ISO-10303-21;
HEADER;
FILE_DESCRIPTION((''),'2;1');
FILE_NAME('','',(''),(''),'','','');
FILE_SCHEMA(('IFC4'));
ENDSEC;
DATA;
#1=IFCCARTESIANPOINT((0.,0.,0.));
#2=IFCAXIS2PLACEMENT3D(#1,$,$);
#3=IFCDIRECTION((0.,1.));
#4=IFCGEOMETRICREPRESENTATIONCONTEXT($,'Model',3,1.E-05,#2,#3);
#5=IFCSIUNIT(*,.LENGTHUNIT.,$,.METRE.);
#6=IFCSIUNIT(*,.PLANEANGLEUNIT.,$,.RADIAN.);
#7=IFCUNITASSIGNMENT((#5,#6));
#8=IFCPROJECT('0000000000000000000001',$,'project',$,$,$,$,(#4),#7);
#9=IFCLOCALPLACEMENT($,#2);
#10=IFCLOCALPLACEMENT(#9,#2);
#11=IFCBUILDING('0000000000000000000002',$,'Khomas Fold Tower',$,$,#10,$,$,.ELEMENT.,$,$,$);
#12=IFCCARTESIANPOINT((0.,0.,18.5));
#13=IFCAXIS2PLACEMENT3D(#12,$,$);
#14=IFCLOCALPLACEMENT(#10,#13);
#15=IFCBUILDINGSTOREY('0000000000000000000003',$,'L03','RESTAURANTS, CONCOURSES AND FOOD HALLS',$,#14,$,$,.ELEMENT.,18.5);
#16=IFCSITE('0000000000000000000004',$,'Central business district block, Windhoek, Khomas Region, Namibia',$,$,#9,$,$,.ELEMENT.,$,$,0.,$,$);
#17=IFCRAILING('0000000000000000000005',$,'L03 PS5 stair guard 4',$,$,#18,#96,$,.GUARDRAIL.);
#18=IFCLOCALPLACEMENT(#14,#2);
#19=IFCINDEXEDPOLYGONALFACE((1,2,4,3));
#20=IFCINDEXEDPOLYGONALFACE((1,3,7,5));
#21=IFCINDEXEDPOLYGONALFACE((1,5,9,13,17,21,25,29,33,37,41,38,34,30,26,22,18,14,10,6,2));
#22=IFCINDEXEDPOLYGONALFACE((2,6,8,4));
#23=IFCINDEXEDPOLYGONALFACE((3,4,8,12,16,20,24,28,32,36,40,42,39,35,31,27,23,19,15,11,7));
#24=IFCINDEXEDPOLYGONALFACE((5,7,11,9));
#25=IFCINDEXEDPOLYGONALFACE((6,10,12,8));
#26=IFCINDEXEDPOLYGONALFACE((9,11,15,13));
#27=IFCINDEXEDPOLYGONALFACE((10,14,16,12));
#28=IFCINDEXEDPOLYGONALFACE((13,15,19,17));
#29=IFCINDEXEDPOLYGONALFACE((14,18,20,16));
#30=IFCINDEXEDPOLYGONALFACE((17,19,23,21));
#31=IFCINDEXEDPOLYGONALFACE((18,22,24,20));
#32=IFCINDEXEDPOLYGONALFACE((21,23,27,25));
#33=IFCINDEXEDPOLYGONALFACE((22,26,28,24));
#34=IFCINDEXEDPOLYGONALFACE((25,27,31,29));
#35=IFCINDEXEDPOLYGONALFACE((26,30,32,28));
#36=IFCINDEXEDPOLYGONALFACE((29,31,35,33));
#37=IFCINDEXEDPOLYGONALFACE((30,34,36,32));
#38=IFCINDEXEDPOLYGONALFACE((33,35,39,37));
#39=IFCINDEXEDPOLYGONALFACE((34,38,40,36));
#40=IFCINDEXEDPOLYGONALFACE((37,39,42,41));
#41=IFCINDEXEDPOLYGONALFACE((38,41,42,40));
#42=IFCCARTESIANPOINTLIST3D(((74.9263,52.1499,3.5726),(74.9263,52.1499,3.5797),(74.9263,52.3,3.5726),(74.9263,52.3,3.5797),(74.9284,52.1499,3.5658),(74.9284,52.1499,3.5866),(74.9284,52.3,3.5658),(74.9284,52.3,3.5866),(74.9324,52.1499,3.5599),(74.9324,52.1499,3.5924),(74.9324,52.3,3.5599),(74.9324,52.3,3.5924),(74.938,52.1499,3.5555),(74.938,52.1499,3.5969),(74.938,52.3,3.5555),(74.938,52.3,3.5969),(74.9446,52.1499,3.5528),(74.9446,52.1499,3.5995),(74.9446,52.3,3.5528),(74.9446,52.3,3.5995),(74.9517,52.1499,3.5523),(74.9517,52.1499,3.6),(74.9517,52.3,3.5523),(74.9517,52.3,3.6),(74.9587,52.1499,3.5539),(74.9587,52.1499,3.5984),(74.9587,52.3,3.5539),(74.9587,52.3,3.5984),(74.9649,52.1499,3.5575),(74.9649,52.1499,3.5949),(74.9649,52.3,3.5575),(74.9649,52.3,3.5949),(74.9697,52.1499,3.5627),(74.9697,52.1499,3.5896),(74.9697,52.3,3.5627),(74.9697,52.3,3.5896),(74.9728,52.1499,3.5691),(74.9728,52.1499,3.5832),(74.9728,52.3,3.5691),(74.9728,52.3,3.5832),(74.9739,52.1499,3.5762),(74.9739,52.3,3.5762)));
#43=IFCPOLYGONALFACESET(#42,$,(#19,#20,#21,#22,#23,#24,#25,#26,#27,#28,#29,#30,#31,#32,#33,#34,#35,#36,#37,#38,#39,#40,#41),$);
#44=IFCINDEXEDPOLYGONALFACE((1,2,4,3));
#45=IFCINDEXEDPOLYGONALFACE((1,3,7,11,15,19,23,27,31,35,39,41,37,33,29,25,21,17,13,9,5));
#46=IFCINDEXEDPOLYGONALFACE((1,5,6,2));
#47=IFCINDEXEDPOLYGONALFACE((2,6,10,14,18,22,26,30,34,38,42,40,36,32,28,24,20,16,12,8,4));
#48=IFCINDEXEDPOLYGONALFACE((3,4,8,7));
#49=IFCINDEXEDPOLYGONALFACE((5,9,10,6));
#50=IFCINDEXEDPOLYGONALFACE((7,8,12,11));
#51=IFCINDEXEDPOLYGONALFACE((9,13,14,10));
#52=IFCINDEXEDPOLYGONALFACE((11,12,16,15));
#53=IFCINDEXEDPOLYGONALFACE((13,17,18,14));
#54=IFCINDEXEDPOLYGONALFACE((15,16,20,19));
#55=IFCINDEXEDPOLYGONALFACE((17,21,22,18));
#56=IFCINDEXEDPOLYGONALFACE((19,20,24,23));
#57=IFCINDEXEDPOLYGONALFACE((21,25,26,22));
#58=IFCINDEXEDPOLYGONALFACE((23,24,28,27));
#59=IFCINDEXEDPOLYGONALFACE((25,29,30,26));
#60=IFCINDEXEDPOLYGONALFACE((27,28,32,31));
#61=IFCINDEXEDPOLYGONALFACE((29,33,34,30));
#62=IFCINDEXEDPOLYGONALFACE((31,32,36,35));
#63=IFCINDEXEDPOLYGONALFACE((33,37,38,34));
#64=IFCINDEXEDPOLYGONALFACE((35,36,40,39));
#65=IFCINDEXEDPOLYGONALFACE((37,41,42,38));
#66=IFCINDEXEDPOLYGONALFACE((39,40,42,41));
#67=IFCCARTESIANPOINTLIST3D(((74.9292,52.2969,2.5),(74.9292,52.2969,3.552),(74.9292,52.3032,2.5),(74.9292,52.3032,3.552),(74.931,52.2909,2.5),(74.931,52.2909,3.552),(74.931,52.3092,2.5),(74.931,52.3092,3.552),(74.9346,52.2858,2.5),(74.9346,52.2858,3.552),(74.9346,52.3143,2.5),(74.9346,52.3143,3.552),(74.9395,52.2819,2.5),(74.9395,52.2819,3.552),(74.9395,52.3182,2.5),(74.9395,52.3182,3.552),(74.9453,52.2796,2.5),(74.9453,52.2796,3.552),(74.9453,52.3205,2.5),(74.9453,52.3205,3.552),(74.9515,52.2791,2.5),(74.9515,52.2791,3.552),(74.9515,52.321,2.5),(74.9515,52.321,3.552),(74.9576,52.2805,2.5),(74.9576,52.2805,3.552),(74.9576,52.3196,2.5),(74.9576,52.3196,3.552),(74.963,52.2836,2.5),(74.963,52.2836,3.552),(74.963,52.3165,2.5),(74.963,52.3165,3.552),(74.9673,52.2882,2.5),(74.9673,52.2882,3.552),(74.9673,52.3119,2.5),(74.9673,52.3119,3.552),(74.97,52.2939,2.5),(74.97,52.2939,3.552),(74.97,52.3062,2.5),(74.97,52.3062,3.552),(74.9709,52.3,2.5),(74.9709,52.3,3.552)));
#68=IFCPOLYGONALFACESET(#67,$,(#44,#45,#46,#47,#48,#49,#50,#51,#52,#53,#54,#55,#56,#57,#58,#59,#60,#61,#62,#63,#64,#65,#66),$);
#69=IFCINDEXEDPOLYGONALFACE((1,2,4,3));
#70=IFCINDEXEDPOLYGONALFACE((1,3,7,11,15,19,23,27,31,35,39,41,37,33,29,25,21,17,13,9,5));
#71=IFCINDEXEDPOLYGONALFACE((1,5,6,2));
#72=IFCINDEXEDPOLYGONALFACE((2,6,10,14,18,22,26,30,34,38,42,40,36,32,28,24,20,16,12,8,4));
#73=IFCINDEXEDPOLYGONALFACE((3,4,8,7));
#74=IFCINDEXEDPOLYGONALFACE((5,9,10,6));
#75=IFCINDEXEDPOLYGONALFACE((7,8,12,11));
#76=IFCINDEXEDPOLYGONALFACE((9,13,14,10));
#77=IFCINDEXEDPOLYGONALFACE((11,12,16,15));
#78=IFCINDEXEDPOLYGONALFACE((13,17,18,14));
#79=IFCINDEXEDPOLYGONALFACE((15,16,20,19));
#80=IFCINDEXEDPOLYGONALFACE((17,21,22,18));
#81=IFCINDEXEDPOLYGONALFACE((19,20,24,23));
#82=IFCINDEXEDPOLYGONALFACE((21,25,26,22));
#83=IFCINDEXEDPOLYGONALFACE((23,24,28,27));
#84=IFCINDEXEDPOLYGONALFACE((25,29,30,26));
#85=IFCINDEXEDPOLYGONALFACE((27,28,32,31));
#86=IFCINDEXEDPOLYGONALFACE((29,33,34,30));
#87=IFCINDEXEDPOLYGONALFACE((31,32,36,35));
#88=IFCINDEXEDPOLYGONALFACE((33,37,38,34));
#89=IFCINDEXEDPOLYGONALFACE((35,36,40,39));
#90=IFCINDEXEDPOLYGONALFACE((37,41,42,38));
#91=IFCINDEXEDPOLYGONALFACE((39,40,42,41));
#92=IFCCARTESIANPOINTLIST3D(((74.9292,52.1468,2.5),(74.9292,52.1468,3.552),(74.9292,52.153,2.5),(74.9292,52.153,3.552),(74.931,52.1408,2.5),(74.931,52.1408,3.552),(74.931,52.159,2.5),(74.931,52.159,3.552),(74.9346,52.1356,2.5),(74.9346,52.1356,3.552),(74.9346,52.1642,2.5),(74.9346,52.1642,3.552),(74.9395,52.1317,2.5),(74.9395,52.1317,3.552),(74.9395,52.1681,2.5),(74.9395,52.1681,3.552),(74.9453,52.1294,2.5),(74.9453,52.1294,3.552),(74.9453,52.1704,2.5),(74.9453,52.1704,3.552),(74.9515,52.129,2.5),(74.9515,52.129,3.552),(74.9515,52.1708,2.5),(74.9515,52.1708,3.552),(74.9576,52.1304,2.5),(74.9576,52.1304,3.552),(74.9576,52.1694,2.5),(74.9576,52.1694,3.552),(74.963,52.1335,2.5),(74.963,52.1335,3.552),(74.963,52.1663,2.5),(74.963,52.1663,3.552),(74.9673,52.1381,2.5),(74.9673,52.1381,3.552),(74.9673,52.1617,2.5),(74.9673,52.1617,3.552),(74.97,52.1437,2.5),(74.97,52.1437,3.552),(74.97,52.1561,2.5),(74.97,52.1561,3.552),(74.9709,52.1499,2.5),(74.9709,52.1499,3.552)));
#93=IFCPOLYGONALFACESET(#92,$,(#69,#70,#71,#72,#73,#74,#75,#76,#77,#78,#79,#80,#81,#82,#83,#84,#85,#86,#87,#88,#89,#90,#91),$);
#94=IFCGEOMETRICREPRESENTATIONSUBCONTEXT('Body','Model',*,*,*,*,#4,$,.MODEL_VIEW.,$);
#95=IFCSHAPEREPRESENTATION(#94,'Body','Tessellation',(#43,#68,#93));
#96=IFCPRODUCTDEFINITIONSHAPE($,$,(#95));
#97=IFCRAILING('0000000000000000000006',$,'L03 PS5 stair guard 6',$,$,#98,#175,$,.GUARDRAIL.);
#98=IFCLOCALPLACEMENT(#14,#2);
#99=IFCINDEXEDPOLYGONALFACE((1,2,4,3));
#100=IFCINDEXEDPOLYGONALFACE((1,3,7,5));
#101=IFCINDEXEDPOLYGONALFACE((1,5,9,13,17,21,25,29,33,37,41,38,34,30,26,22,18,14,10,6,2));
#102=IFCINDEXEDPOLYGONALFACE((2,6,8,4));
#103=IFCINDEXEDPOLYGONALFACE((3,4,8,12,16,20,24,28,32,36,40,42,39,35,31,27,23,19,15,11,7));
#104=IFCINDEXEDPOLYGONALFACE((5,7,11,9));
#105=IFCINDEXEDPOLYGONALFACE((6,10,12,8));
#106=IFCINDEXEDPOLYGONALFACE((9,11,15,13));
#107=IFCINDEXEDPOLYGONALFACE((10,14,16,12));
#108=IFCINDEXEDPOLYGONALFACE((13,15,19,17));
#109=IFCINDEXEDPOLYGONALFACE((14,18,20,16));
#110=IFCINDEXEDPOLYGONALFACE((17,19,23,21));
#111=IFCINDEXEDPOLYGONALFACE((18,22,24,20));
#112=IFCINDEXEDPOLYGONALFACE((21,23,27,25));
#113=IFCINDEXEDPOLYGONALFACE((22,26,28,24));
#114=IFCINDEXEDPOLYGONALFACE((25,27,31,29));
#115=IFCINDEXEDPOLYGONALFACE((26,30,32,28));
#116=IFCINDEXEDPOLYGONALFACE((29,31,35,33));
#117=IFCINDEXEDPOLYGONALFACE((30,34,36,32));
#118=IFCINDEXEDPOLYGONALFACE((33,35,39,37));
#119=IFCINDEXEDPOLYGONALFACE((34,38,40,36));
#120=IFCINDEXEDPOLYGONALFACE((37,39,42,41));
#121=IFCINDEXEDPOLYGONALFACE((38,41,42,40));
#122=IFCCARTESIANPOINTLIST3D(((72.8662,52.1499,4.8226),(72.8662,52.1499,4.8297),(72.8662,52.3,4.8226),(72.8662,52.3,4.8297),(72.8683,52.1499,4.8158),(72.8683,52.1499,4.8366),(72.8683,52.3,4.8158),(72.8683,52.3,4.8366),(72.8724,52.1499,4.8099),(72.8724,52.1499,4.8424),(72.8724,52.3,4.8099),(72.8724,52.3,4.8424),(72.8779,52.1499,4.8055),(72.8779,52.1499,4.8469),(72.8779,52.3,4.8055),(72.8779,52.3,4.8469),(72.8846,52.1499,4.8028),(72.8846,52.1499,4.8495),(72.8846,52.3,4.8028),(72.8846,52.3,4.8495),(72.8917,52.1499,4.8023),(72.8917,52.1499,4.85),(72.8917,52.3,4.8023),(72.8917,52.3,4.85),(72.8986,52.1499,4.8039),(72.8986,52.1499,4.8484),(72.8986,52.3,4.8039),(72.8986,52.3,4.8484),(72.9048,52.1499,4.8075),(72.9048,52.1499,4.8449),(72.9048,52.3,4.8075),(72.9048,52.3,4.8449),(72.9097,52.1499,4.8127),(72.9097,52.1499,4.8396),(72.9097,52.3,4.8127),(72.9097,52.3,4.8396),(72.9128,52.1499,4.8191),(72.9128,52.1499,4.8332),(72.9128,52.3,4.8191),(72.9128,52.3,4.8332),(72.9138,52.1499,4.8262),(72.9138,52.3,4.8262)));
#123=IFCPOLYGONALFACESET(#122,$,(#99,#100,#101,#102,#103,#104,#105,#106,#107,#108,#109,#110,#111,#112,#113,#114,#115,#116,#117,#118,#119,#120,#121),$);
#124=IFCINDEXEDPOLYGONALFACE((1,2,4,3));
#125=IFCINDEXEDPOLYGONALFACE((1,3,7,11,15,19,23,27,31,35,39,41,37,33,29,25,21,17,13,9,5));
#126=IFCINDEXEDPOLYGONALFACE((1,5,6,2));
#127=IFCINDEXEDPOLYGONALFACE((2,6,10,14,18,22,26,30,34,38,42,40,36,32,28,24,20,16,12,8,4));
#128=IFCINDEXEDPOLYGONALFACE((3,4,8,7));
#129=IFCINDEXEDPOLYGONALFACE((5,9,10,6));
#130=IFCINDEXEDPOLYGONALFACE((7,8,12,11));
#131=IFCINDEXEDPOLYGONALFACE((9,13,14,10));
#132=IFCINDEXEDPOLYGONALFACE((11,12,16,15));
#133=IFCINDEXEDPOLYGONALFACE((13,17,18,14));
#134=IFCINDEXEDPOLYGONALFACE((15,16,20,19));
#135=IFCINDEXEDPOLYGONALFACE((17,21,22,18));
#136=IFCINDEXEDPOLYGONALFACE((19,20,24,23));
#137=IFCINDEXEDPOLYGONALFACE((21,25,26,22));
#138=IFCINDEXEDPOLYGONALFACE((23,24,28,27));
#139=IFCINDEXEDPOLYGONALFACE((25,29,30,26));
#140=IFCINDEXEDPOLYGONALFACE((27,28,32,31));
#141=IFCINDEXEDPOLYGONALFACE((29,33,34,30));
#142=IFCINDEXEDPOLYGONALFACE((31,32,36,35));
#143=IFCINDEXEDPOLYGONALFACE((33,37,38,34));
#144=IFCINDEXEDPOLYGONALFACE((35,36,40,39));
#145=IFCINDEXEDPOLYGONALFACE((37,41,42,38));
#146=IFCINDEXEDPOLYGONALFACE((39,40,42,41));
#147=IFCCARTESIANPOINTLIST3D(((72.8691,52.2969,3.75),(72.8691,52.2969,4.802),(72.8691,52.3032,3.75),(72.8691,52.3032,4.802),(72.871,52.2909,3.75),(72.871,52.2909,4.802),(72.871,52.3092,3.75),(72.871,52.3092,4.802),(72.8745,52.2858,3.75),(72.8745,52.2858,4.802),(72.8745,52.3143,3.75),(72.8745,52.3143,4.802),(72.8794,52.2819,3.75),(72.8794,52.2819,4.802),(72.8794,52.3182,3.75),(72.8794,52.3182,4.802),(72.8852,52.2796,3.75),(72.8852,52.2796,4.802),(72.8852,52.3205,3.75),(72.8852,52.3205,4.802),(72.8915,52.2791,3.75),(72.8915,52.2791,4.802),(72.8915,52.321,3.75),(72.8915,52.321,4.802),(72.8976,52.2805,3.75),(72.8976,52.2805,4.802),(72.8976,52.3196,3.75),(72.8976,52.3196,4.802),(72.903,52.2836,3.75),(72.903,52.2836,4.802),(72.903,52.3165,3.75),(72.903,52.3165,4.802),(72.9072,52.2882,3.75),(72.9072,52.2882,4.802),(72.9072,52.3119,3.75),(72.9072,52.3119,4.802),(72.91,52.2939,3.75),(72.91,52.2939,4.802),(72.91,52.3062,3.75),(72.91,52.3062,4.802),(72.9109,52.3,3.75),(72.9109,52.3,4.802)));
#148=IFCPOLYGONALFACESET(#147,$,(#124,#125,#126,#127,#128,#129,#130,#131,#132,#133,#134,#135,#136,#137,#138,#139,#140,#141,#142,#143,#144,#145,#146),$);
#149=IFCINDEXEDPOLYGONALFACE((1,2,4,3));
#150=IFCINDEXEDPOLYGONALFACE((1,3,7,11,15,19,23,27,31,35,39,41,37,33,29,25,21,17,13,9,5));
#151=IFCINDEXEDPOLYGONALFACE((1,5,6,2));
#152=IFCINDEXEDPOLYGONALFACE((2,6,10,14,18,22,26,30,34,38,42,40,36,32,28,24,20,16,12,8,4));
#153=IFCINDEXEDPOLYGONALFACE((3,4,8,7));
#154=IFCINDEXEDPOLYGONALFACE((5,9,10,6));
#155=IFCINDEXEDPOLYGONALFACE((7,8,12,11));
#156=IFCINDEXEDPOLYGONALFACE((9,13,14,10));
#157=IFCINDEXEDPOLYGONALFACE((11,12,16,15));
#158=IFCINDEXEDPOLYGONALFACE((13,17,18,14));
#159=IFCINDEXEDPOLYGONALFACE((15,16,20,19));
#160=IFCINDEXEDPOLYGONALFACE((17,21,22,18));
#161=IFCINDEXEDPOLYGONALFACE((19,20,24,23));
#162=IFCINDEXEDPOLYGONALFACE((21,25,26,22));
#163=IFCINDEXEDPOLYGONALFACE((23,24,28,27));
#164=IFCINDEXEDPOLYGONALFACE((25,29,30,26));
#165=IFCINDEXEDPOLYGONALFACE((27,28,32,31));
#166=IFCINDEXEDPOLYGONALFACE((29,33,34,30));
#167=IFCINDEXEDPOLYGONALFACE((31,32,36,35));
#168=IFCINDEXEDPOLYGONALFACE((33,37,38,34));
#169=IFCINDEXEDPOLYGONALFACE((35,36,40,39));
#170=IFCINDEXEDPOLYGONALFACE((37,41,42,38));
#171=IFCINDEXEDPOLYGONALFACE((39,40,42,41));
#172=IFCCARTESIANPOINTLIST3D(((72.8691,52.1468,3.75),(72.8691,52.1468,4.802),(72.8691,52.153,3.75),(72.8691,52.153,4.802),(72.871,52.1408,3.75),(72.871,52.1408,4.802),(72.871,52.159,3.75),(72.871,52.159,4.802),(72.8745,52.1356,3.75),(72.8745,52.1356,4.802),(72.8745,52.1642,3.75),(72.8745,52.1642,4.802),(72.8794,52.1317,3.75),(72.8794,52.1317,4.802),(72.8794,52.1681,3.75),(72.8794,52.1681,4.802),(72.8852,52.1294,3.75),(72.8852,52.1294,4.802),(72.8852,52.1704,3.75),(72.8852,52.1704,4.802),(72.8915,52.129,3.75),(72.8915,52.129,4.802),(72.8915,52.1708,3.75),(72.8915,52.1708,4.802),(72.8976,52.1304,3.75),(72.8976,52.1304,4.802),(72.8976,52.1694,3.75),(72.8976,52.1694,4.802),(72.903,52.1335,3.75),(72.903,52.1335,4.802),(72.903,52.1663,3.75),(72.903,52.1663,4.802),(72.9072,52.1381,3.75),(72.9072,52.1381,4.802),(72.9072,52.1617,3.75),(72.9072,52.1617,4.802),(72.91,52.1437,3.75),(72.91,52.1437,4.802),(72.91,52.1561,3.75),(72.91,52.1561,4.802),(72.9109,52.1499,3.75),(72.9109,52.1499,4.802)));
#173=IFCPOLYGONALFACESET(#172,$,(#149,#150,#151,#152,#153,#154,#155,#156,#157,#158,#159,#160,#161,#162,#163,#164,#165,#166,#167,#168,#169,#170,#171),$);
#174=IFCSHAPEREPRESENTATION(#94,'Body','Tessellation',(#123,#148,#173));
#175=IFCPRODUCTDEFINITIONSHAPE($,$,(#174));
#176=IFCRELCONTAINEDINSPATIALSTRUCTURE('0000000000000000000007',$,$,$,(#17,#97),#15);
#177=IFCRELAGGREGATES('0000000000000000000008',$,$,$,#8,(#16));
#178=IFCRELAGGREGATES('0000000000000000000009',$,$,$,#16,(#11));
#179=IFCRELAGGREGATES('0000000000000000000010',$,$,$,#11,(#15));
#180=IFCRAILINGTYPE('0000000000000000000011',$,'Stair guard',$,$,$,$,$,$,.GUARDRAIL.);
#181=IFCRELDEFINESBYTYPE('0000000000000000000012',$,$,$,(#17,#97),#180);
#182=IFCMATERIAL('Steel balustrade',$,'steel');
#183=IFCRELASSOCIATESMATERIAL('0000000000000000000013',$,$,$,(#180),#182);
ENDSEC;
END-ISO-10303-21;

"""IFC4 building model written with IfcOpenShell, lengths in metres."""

from ifc_helpers import new_model, si_unit, direction, frame, origin, origin_2d, place, context, subcontext, project, spatial, circle, extrude, source, transform, mapped, material, type_object, element, save


model = new_model("IFC4")

# Units and contexts
model_context = context("Model", 3, precision=1e-05, world=origin(), true_north=direction((0.0, 1.0)))
body_context = subcontext(model_context, "Body", "Model", "MODEL_VIEW")
ifc_project = project(units=[si_unit("LENGTHUNIT", "METRE"), si_unit("PLANEANGLEUNIT", "RADIAN")], contexts=[model_context])

# Site, building, storey
site_placement = place(None, origin())
site = spatial("IfcSite", under=ifc_project, at=site_placement, Name="Central business district block, Windhoek, Khomas Region, Namibia", CompositionType="ELEMENT", RefElevation=0.0)
building_placement = place(site_placement, origin())
building = spatial("IfcBuilding", under=site, at=building_placement, Name="Khomas Fold Tower", CompositionType="ELEMENT")
storey_placement = place(building_placement, frame((0.0, 0.0, 18.5)))
storey = spatial("IfcBuildingStorey", under=building, at=storey_placement, Name="L03", Description="RESTAURANTS, CONCOURSES AND FOOD HALLS", CompositionType="ELEMENT", Elevation=18.5)

# Railings
ifc_material_1 = material(Name="Steel balustrade", Category="steel")
railing_type_1 = type_object("IfcRailingType", Name="Stair guard", PredefinedType="GUARDRAIL", material=ifc_material_1)
shared_shape_1 = source(origin(), body_context, "Body", "SweptSolid", [
    extrude(circle(Radius=0.0239, at=origin_2d()), frame((0.0, 0.0, 1.0762), z_axis=(0.0, -1.0, 0.0), x_axis=(1.0, 0.0, 0.0)), (0.0, 0.0, 1.0), 0.1501),
    extrude(circle(Radius=0.021, at=origin_2d()), origin(), (0.0, 0.0, 1.0), 1.052),
    extrude(circle(Radius=0.021, at=origin_2d()), frame((0.0, -0.1501, 0.0)), (0.0, 0.0, 1.0), 1.052),
])
for number, where, name in (
    (1, (74.95, 52.3, 2.5), "L03 PS5 stair guard 4"),
    (2, (72.8899, 52.3, 3.75), "L03 PS5 stair guard 6"),
):
    element("IfcRailing", number, at=place(storey_placement, frame(where)), inside=storey, type_object=railing_type_1, Name=name, PredefinedType="GUARDRAIL", context=body_context, shape_type="MappedRepresentation", body=[
        mapped(shared_shape_1, transform((0.0, 0.0, 0.0))),
    ])

save(model, "model.ifc")
